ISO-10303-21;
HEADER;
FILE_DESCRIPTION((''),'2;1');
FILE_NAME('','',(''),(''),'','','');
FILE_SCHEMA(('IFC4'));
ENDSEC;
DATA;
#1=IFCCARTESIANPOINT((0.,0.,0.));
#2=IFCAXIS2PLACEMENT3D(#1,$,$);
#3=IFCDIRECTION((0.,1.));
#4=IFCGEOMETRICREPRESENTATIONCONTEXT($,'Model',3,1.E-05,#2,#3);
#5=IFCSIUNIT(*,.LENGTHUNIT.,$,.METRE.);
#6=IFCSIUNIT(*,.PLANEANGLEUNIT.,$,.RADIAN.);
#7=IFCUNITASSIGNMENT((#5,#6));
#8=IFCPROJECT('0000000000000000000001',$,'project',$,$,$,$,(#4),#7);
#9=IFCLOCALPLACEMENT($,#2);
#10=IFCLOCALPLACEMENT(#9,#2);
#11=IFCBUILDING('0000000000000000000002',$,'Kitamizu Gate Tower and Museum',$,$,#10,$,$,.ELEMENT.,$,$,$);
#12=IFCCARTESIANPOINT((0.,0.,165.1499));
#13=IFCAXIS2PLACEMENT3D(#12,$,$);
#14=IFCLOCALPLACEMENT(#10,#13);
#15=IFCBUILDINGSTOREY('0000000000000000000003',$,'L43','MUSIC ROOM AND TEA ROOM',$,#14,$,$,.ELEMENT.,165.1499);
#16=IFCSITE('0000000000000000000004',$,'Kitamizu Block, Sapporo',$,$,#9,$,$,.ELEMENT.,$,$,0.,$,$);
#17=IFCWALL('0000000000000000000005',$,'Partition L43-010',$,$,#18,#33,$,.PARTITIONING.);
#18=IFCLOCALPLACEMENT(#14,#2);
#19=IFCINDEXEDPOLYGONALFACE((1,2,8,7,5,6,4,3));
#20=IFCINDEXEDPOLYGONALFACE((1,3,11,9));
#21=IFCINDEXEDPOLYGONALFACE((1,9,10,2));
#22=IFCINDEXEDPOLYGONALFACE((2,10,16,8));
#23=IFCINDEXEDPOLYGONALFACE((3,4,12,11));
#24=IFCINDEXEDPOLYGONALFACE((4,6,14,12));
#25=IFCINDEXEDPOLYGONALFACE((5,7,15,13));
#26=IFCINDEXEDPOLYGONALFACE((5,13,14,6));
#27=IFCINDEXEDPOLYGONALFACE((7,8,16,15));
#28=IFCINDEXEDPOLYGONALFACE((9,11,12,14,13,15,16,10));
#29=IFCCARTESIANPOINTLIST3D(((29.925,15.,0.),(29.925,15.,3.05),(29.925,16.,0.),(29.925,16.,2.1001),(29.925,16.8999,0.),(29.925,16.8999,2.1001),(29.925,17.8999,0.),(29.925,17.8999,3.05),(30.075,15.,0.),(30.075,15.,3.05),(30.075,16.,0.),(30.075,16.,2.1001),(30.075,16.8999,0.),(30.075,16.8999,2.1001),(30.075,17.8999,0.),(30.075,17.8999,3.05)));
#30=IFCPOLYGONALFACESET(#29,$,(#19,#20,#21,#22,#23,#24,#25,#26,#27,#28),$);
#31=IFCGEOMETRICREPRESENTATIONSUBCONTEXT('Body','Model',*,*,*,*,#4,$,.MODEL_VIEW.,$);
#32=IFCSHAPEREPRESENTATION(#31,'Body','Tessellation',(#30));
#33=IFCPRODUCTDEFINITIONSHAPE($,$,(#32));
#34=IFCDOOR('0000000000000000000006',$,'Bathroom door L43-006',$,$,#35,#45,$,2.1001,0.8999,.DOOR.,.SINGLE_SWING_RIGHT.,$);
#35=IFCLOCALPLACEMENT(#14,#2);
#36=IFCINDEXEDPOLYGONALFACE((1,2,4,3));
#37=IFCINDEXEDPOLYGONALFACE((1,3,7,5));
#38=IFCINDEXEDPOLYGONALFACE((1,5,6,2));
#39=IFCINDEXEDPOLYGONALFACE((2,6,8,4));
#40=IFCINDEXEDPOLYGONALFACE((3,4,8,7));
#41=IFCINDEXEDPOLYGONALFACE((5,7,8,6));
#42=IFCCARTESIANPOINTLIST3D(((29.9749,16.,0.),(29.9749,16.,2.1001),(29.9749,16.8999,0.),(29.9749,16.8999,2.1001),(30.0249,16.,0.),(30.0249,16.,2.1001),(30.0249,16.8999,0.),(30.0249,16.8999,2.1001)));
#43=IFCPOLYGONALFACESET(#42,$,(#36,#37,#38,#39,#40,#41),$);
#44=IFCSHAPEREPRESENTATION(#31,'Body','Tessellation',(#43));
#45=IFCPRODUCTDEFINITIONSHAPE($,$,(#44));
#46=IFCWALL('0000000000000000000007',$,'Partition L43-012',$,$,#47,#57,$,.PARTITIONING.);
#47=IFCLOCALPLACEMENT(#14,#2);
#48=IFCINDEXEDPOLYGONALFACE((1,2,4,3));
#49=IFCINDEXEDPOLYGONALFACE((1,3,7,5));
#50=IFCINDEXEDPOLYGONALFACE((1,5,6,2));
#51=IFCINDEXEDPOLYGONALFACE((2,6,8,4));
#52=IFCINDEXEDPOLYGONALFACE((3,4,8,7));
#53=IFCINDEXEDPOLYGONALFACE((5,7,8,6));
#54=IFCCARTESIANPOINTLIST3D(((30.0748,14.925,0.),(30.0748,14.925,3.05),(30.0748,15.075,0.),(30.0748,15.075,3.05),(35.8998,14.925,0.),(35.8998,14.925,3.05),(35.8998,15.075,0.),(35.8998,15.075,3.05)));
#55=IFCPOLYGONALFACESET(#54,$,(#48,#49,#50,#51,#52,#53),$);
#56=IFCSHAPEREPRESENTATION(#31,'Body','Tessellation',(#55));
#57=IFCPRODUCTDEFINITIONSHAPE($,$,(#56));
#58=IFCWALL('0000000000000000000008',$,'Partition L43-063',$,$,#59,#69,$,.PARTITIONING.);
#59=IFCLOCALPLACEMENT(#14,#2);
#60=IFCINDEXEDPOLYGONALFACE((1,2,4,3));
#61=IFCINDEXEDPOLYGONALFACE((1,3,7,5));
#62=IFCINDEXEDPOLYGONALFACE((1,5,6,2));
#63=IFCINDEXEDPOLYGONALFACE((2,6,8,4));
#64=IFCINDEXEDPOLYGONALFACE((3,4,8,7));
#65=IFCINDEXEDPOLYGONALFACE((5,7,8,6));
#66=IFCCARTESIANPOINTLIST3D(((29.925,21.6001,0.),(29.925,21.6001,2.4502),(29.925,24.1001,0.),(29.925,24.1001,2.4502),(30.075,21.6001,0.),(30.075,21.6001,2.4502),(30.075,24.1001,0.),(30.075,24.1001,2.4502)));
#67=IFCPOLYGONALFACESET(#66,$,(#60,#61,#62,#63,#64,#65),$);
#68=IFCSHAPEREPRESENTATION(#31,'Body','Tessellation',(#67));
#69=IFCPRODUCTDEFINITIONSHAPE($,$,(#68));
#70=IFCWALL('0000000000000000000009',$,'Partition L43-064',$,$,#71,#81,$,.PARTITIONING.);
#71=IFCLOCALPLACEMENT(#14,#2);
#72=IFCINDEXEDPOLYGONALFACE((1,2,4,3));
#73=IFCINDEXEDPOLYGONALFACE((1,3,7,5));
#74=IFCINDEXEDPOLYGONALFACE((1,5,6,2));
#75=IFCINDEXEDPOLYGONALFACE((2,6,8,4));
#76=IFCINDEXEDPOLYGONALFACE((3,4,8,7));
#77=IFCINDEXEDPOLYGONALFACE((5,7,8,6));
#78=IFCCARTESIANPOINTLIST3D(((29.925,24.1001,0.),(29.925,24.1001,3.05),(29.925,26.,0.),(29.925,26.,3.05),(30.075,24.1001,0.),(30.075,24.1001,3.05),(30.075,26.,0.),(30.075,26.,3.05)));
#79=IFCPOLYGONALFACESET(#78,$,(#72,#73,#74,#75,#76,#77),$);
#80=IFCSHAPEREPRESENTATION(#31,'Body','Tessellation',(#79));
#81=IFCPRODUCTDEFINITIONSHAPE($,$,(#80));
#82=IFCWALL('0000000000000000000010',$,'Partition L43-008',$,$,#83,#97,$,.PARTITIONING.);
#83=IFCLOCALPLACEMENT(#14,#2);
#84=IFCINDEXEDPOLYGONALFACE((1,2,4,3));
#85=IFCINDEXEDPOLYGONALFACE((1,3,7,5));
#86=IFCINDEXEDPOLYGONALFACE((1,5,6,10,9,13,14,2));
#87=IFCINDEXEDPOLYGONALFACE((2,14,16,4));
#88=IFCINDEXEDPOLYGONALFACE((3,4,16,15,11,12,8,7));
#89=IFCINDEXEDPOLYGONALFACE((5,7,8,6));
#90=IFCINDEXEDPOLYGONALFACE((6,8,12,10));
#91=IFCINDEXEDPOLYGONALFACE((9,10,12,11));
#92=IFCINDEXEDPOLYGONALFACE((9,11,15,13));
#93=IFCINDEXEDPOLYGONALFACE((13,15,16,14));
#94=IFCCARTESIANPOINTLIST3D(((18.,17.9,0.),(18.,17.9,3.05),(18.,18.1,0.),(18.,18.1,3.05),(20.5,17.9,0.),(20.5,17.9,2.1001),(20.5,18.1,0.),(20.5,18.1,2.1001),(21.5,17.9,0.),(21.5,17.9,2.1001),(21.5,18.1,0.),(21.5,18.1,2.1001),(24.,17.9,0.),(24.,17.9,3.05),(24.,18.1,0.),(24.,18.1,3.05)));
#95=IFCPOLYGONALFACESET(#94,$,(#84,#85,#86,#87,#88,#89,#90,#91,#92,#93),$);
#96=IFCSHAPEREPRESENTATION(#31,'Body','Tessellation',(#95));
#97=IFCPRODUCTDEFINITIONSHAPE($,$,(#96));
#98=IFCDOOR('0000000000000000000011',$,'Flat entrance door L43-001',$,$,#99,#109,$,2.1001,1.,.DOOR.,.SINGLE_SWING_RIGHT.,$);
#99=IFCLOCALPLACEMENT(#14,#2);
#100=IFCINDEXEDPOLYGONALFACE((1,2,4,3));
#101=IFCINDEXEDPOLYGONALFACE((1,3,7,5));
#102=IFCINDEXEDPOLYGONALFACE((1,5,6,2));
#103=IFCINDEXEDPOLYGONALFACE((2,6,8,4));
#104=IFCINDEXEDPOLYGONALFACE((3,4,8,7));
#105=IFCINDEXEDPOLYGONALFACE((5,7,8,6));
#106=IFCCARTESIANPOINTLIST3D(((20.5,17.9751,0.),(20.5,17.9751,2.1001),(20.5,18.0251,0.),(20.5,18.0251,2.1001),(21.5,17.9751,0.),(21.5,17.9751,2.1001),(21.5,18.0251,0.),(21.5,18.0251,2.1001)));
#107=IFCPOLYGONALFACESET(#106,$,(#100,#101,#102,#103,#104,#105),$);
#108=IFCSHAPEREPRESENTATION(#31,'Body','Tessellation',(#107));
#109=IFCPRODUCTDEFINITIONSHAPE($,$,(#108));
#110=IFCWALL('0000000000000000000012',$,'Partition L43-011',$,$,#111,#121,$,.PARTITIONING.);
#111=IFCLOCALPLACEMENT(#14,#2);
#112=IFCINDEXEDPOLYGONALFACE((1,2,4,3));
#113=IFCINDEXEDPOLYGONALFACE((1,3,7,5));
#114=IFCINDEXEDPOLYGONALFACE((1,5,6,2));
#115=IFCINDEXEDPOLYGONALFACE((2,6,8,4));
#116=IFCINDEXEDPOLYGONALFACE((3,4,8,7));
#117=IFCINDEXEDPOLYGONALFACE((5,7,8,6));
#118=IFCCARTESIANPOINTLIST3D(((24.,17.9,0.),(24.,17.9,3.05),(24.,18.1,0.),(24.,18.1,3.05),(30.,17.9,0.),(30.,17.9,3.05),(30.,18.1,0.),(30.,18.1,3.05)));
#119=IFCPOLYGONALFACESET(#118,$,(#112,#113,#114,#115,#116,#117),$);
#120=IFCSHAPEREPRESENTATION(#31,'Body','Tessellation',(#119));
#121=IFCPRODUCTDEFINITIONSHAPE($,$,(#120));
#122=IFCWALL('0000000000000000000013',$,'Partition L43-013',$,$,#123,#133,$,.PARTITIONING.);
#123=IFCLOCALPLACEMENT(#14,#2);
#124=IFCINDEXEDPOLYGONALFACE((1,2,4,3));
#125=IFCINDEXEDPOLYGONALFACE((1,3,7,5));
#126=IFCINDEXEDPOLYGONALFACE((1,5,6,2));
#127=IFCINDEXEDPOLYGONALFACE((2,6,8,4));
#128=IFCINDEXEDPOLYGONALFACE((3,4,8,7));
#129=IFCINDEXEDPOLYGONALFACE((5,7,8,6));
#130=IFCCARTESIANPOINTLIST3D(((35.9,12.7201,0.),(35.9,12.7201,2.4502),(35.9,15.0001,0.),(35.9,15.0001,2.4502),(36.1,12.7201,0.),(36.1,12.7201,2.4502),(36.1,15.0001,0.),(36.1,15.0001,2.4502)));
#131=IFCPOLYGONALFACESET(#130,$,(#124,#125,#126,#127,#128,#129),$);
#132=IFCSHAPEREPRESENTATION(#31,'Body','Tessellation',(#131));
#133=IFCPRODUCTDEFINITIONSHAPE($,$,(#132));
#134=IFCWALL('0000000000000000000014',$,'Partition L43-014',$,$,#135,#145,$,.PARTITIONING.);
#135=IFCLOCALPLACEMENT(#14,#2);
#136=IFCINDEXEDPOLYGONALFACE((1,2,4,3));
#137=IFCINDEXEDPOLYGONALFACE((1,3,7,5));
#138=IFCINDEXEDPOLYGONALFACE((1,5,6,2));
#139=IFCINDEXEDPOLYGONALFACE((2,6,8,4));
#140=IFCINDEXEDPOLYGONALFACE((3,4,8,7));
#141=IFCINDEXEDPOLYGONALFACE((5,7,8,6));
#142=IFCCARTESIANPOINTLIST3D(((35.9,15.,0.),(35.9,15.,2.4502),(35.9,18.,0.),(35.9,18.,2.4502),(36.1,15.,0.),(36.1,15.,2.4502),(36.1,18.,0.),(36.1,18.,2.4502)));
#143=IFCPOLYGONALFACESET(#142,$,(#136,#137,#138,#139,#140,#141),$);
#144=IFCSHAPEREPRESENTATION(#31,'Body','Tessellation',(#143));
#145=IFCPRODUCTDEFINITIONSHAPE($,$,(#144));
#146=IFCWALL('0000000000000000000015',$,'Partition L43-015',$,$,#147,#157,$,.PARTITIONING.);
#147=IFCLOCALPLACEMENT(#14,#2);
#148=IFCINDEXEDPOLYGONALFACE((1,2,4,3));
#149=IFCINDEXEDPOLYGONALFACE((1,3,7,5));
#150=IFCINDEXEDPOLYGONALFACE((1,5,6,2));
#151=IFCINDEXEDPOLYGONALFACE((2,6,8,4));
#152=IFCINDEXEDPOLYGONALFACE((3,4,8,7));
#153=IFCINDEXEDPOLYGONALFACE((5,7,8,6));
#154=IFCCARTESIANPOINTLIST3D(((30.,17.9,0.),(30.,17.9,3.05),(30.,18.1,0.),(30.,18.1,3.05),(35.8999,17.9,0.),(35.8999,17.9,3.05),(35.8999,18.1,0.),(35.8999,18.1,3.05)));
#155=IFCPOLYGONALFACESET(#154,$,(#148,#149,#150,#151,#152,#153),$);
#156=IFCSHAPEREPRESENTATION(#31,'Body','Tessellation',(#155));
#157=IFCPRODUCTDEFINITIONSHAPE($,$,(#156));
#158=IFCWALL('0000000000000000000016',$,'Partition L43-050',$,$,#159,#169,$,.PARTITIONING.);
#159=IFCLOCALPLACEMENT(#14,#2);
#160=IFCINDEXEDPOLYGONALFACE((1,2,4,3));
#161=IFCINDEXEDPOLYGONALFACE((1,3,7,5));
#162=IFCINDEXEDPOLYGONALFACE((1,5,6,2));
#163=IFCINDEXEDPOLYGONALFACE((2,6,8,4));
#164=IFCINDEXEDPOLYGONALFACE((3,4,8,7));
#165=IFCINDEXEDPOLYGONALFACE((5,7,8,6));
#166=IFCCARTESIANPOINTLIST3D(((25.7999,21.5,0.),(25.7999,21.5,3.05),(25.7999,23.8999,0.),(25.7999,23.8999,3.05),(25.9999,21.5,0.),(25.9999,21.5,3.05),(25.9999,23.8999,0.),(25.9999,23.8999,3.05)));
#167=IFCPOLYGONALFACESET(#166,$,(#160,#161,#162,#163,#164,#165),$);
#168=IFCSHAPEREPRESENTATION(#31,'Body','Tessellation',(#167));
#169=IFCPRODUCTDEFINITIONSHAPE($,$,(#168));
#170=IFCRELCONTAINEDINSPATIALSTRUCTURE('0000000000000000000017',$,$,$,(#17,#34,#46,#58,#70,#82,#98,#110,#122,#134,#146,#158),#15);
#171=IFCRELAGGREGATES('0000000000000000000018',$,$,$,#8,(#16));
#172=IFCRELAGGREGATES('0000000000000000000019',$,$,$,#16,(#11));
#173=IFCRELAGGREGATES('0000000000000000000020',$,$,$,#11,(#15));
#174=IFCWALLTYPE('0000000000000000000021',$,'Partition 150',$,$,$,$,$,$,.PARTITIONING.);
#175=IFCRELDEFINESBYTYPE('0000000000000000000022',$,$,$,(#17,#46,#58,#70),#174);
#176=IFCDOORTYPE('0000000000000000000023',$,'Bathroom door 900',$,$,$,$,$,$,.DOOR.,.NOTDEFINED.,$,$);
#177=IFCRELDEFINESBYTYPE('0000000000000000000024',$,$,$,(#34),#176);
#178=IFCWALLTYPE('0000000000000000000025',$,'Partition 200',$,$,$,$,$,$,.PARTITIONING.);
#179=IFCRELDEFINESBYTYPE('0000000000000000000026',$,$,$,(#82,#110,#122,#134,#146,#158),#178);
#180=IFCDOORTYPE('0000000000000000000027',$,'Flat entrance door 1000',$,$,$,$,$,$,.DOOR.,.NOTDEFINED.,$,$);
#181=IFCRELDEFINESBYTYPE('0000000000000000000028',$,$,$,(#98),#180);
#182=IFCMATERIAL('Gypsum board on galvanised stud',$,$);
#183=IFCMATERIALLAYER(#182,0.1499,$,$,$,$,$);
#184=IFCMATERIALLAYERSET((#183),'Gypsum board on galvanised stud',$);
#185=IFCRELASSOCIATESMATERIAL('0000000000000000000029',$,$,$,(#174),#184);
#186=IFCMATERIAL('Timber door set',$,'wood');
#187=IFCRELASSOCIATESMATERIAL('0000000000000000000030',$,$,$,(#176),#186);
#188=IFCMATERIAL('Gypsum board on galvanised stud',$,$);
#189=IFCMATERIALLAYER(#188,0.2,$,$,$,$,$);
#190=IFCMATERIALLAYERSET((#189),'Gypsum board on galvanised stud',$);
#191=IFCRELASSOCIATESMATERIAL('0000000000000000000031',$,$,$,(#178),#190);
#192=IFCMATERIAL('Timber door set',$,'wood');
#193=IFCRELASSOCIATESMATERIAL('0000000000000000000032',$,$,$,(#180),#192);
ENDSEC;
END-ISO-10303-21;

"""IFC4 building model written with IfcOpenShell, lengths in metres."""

from ifc_helpers import new_model, si_unit, direction, frame, frame_2d, origin, place, context, subcontext, project, spatial, rectangle, extrude, material, layer, layer_set, type_object, element, fill, save


model = new_model("IFC4")

# Units and contexts
model_context = context("Model", 3, precision=1e-05, world=origin(), true_north=direction((0.0, 1.0)))
body_context = subcontext(model_context, "Body", "Model", "MODEL_VIEW")
ifc_project = project(units=[si_unit("LENGTHUNIT", "METRE"), si_unit("PLANEANGLEUNIT", "RADIAN")], contexts=[model_context])

# Site, building, storey
site_placement = place(None, origin())
site = spatial("IfcSite", under=ifc_project, at=site_placement, Name="Kitamizu Block, Sapporo", CompositionType="ELEMENT", RefElevation=0.0)
building_placement = place(site_placement, origin())
building = spatial("IfcBuilding", under=site, at=building_placement, Name="Kitamizu Gate Tower and Museum", CompositionType="ELEMENT")
storey_placement = place(building_placement, frame((0.0, 0.0, 165.1499)))
storey = spatial("IfcBuildingStorey", under=building, at=storey_placement, Name="L43", Description="MUSIC ROOM AND TEA ROOM", CompositionType="ELEMENT", Elevation=165.1499)

# Wall, opening, door
ifc_material_1 = material(Name="Gypsum board on galvanised stud")
ifc_layer_1 = layer(ifc_material_1, 0.1499)
ifc_layer_set_1 = layer_set([ifc_layer_1], Name="Gypsum board on galvanised stud")
wall_type_1 = type_object("IfcWallType", Name="Partition 150", PredefinedType="PARTITIONING", material=ifc_layer_set_1)
ifc_material_2 = material(Name="Timber door set", Category="wood")
door_type_1 = type_object("IfcDoorType", Name="Bathroom door 900", OperationType="NOTDEFINED", PredefinedType="DOOR", material=ifc_material_2)
wall_1_placement = place(storey_placement, frame((30.0, 15.0, 0.0), z_axis=(0.0, 0.0, 1.0), x_axis=(0.0, 1.0, 0.0)))
wall_1 = element("IfcWall", 1, at=wall_1_placement, inside=storey, type_object=wall_type_1, Name="Partition L43-010", PredefinedType="PARTITIONING", context=body_context, shape_type="SweptSolid", body=[
    extrude(rectangle(XDim=2.8999, YDim=0.1499, at=frame_2d((1.45, 0.0))), origin(), (0.0, 0.0, 1.0), 3.05),
])
opening_1_placement = place(wall_1_placement, frame((1.0, 0.0, 0.0)))
opening_1 = element("IfcOpeningElement", 2, at=opening_1_placement, cuts=wall_1, PredefinedType="OPENING", context=body_context, shape_type="SweptSolid", body=[
    extrude(rectangle(XDim=0.8999, YDim=2.1001, at=frame_2d((0.45, 1.05))), frame((0.0, 0.085, 0.0), z_axis=(0.0, -1.0, 0.0), x_axis=(1.0, 0.0, 0.0)), (0.0, 0.0, 1.0), 0.1699),
])
door_1_placement = place(opening_1_placement, frame((0.8999, 0.0, 0.0), x_axis=(-1.0, 0.0, 0.0)))
door_1 = element("IfcDoor", 3, at=door_1_placement, inside=storey, type_object=door_type_1, Name="Bathroom door L43-006", OperationType="SINGLE_SWING_RIGHT", OverallHeight=2.1001, OverallWidth=0.8999, PredefinedType="DOOR", context=body_context, shape_type="SweptSolid", body=[
    extrude(rectangle(XDim=0.8999, YDim=2.1001, at=frame_2d((0.45, 1.05))), frame((0.0, 0.0249, 0.0), z_axis=(0.0, -1.0, 0.0), x_axis=(1.0, 0.0, 0.0)), (0.0, 0.0, 1.0), 0.05),
])
fill(opening_1, door_1)

# Walls
wall_2_placement = place(storey_placement, frame((35.8999, 15.0, 0.0), z_axis=(0.0, 0.0, 1.0), x_axis=(-1.0, 0.0, 0.0)))
element("IfcWall", 4, at=wall_2_placement, inside=storey, type_object=wall_type_1, Name="Partition L43-012", PredefinedType="PARTITIONING", context=body_context, shape_type="SweptSolid", body=[
    extrude(rectangle(XDim=5.825, YDim=0.1499, at=frame_2d((2.9126, 0.0))), origin(), (0.0, 0.0, 1.0), 3.05),
])
wall_3_placement = place(storey_placement, frame((30.0, 21.6001, 0.0), z_axis=(0.0, 0.0, 1.0), x_axis=(0.0, 1.0, 0.0)))
element("IfcWall", 5, at=wall_3_placement, inside=storey, type_object=wall_type_1, Name="Partition L43-063", PredefinedType="PARTITIONING", context=body_context, shape_type="SweptSolid", body=[
    extrude(rectangle(XDim=2.5, YDim=0.1499, at=frame_2d((1.25, 0.0))), origin(), (0.0, 0.0, 1.0), 2.4502),
])
wall_4_placement = place(storey_placement, frame((30.0, 24.1001, 0.0), z_axis=(0.0, 0.0, 1.0), x_axis=(0.0, 1.0, 0.0)))
element("IfcWall", 6, at=wall_4_placement, inside=storey, type_object=wall_type_1, Name="Partition L43-064", PredefinedType="PARTITIONING", context=body_context, shape_type="SweptSolid", body=[
    extrude(rectangle(XDim=1.8999, YDim=0.1499, at=frame_2d((0.95, 0.0))), origin(), (0.0, 0.0, 1.0), 3.05),
])

# Wall, opening, door
ifc_material_3 = material(Name="Gypsum board on galvanised stud")
ifc_layer_2 = layer(ifc_material_3, 0.2)
ifc_layer_set_2 = layer_set([ifc_layer_2], Name="Gypsum board on galvanised stud")
wall_type_2 = type_object("IfcWallType", Name="Partition 200", PredefinedType="PARTITIONING", material=ifc_layer_set_2)
wall_5_placement = place(storey_placement, frame((24.0, 18.0, 0.0), z_axis=(0.0, 0.0, 1.0), x_axis=(-1.0, 0.0, 0.0)))
wall_5 = element("IfcWall", 7, at=wall_5_placement, inside=storey, type_object=wall_type_2, Name="Partition L43-008", PredefinedType="PARTITIONING", context=body_context, shape_type="SweptSolid", body=[
    extrude(rectangle(XDim=6.0, YDim=0.2, at=frame_2d((3.0, 0.0))), origin(), (0.0, 0.0, 1.0), 3.05),
])
opening_2_placement = place(wall_5_placement, frame((2.5, 0.0, 0.0)))
opening_2 = element("IfcOpeningElement", 8, at=opening_2_placement, cuts=wall_5, PredefinedType="OPENING", context=body_context, shape_type="SweptSolid", body=[
    extrude(rectangle(XDim=1.0, YDim=2.1001, at=frame_2d((0.5, 1.05))), frame((0.0, 0.1099, 0.0), z_axis=(0.0, -1.0, 0.0), x_axis=(1.0, 0.0, 0.0)), (0.0, 0.0, 1.0), 0.22),
])
ifc_material_4 = material(Name="Timber door set", Category="wood")
door_type_2 = type_object("IfcDoorType", Name="Flat entrance door 1000", OperationType="NOTDEFINED", PredefinedType="DOOR", material=ifc_material_4)
door_2_placement = place(opening_2_placement, origin())
door_2 = element("IfcDoor", 9, at=door_2_placement, inside=storey, type_object=door_type_2, Name="Flat entrance door L43-001", OperationType="SINGLE_SWING_RIGHT", OverallHeight=2.1001, OverallWidth=1.0, PredefinedType="DOOR", context=body_context, shape_type="SweptSolid", body=[
    extrude(rectangle(XDim=1.0, YDim=2.1001, at=frame_2d((0.5, 1.05))), frame((0.0, 0.0249, 0.0), z_axis=(0.0, -1.0, 0.0), x_axis=(1.0, 0.0, 0.0)), (0.0, 0.0, 1.0), 0.05),
])
fill(opening_2, door_2)

# Walls
wall_6_placement = place(storey_placement, frame((30.0, 18.0, 0.0), z_axis=(0.0, 0.0, 1.0), x_axis=(-1.0, 0.0, 0.0)))
element("IfcWall", 10, at=wall_6_placement, inside=storey, type_object=wall_type_2, Name="Partition L43-011", PredefinedType="PARTITIONING", context=body_context, shape_type="SweptSolid", body=[
    extrude(rectangle(XDim=6.0, YDim=0.2, at=frame_2d((3.0, 0.0))), origin(), (0.0, 0.0, 1.0), 3.05),
])
wall_7_placement = place(storey_placement, frame((36.0, 12.72, 0.0), z_axis=(0.0, 0.0, 1.0), x_axis=(0.0, 1.0, 0.0)))
element("IfcWall", 11, at=wall_7_placement, inside=storey, type_object=wall_type_2, Name="Partition L43-013", PredefinedType="PARTITIONING", context=body_context, shape_type="SweptSolid", body=[
    extrude(rectangle(XDim=2.28, YDim=0.2, at=frame_2d((1.1401, 0.0))), origin(), (0.0, 0.0, 1.0), 2.4502),
])
wall_8_placement = place(storey_placement, frame((36.0, 15.0, 0.0), z_axis=(0.0, 0.0, 1.0), x_axis=(0.0, 1.0, 0.0)))
element("IfcWall", 12, at=wall_8_placement, inside=storey, type_object=wall_type_2, Name="Partition L43-014", PredefinedType="PARTITIONING", context=body_context, shape_type="SweptSolid", body=[
    extrude(rectangle(XDim=3.0, YDim=0.2, at=frame_2d((1.5, 0.0))), origin(), (0.0, 0.0, 1.0), 2.4502),
])
wall_9_placement = place(storey_placement, frame((35.8999, 18.0, 0.0), z_axis=(0.0, 0.0, 1.0), x_axis=(-1.0, 0.0, 0.0)))
element("IfcWall", 13, at=wall_9_placement, inside=storey, type_object=wall_type_2, Name="Partition L43-015", PredefinedType="PARTITIONING", context=body_context, shape_type="SweptSolid", body=[
    extrude(rectangle(XDim=5.8999, YDim=0.2, at=frame_2d((2.95, 0.0))), origin(), (0.0, 0.0, 1.0), 3.05),
])
wall_10_placement = place(storey_placement, frame((25.8999, 23.8999, 0.0), z_axis=(0.0, 0.0, 1.0), x_axis=(0.0, -1.0, 0.0)))
element("IfcWall", 14, at=wall_10_placement, inside=storey, type_object=wall_type_2, Name="Partition L43-050", PredefinedType="PARTITIONING", context=body_context, shape_type="SweptSolid", body=[
    extrude(rectangle(XDim=2.3999, YDim=0.2, at=frame_2d((1.2, 0.0))), origin(), (0.0, 0.0, 1.0), 3.05),
])

save(model, "model.ifc")
